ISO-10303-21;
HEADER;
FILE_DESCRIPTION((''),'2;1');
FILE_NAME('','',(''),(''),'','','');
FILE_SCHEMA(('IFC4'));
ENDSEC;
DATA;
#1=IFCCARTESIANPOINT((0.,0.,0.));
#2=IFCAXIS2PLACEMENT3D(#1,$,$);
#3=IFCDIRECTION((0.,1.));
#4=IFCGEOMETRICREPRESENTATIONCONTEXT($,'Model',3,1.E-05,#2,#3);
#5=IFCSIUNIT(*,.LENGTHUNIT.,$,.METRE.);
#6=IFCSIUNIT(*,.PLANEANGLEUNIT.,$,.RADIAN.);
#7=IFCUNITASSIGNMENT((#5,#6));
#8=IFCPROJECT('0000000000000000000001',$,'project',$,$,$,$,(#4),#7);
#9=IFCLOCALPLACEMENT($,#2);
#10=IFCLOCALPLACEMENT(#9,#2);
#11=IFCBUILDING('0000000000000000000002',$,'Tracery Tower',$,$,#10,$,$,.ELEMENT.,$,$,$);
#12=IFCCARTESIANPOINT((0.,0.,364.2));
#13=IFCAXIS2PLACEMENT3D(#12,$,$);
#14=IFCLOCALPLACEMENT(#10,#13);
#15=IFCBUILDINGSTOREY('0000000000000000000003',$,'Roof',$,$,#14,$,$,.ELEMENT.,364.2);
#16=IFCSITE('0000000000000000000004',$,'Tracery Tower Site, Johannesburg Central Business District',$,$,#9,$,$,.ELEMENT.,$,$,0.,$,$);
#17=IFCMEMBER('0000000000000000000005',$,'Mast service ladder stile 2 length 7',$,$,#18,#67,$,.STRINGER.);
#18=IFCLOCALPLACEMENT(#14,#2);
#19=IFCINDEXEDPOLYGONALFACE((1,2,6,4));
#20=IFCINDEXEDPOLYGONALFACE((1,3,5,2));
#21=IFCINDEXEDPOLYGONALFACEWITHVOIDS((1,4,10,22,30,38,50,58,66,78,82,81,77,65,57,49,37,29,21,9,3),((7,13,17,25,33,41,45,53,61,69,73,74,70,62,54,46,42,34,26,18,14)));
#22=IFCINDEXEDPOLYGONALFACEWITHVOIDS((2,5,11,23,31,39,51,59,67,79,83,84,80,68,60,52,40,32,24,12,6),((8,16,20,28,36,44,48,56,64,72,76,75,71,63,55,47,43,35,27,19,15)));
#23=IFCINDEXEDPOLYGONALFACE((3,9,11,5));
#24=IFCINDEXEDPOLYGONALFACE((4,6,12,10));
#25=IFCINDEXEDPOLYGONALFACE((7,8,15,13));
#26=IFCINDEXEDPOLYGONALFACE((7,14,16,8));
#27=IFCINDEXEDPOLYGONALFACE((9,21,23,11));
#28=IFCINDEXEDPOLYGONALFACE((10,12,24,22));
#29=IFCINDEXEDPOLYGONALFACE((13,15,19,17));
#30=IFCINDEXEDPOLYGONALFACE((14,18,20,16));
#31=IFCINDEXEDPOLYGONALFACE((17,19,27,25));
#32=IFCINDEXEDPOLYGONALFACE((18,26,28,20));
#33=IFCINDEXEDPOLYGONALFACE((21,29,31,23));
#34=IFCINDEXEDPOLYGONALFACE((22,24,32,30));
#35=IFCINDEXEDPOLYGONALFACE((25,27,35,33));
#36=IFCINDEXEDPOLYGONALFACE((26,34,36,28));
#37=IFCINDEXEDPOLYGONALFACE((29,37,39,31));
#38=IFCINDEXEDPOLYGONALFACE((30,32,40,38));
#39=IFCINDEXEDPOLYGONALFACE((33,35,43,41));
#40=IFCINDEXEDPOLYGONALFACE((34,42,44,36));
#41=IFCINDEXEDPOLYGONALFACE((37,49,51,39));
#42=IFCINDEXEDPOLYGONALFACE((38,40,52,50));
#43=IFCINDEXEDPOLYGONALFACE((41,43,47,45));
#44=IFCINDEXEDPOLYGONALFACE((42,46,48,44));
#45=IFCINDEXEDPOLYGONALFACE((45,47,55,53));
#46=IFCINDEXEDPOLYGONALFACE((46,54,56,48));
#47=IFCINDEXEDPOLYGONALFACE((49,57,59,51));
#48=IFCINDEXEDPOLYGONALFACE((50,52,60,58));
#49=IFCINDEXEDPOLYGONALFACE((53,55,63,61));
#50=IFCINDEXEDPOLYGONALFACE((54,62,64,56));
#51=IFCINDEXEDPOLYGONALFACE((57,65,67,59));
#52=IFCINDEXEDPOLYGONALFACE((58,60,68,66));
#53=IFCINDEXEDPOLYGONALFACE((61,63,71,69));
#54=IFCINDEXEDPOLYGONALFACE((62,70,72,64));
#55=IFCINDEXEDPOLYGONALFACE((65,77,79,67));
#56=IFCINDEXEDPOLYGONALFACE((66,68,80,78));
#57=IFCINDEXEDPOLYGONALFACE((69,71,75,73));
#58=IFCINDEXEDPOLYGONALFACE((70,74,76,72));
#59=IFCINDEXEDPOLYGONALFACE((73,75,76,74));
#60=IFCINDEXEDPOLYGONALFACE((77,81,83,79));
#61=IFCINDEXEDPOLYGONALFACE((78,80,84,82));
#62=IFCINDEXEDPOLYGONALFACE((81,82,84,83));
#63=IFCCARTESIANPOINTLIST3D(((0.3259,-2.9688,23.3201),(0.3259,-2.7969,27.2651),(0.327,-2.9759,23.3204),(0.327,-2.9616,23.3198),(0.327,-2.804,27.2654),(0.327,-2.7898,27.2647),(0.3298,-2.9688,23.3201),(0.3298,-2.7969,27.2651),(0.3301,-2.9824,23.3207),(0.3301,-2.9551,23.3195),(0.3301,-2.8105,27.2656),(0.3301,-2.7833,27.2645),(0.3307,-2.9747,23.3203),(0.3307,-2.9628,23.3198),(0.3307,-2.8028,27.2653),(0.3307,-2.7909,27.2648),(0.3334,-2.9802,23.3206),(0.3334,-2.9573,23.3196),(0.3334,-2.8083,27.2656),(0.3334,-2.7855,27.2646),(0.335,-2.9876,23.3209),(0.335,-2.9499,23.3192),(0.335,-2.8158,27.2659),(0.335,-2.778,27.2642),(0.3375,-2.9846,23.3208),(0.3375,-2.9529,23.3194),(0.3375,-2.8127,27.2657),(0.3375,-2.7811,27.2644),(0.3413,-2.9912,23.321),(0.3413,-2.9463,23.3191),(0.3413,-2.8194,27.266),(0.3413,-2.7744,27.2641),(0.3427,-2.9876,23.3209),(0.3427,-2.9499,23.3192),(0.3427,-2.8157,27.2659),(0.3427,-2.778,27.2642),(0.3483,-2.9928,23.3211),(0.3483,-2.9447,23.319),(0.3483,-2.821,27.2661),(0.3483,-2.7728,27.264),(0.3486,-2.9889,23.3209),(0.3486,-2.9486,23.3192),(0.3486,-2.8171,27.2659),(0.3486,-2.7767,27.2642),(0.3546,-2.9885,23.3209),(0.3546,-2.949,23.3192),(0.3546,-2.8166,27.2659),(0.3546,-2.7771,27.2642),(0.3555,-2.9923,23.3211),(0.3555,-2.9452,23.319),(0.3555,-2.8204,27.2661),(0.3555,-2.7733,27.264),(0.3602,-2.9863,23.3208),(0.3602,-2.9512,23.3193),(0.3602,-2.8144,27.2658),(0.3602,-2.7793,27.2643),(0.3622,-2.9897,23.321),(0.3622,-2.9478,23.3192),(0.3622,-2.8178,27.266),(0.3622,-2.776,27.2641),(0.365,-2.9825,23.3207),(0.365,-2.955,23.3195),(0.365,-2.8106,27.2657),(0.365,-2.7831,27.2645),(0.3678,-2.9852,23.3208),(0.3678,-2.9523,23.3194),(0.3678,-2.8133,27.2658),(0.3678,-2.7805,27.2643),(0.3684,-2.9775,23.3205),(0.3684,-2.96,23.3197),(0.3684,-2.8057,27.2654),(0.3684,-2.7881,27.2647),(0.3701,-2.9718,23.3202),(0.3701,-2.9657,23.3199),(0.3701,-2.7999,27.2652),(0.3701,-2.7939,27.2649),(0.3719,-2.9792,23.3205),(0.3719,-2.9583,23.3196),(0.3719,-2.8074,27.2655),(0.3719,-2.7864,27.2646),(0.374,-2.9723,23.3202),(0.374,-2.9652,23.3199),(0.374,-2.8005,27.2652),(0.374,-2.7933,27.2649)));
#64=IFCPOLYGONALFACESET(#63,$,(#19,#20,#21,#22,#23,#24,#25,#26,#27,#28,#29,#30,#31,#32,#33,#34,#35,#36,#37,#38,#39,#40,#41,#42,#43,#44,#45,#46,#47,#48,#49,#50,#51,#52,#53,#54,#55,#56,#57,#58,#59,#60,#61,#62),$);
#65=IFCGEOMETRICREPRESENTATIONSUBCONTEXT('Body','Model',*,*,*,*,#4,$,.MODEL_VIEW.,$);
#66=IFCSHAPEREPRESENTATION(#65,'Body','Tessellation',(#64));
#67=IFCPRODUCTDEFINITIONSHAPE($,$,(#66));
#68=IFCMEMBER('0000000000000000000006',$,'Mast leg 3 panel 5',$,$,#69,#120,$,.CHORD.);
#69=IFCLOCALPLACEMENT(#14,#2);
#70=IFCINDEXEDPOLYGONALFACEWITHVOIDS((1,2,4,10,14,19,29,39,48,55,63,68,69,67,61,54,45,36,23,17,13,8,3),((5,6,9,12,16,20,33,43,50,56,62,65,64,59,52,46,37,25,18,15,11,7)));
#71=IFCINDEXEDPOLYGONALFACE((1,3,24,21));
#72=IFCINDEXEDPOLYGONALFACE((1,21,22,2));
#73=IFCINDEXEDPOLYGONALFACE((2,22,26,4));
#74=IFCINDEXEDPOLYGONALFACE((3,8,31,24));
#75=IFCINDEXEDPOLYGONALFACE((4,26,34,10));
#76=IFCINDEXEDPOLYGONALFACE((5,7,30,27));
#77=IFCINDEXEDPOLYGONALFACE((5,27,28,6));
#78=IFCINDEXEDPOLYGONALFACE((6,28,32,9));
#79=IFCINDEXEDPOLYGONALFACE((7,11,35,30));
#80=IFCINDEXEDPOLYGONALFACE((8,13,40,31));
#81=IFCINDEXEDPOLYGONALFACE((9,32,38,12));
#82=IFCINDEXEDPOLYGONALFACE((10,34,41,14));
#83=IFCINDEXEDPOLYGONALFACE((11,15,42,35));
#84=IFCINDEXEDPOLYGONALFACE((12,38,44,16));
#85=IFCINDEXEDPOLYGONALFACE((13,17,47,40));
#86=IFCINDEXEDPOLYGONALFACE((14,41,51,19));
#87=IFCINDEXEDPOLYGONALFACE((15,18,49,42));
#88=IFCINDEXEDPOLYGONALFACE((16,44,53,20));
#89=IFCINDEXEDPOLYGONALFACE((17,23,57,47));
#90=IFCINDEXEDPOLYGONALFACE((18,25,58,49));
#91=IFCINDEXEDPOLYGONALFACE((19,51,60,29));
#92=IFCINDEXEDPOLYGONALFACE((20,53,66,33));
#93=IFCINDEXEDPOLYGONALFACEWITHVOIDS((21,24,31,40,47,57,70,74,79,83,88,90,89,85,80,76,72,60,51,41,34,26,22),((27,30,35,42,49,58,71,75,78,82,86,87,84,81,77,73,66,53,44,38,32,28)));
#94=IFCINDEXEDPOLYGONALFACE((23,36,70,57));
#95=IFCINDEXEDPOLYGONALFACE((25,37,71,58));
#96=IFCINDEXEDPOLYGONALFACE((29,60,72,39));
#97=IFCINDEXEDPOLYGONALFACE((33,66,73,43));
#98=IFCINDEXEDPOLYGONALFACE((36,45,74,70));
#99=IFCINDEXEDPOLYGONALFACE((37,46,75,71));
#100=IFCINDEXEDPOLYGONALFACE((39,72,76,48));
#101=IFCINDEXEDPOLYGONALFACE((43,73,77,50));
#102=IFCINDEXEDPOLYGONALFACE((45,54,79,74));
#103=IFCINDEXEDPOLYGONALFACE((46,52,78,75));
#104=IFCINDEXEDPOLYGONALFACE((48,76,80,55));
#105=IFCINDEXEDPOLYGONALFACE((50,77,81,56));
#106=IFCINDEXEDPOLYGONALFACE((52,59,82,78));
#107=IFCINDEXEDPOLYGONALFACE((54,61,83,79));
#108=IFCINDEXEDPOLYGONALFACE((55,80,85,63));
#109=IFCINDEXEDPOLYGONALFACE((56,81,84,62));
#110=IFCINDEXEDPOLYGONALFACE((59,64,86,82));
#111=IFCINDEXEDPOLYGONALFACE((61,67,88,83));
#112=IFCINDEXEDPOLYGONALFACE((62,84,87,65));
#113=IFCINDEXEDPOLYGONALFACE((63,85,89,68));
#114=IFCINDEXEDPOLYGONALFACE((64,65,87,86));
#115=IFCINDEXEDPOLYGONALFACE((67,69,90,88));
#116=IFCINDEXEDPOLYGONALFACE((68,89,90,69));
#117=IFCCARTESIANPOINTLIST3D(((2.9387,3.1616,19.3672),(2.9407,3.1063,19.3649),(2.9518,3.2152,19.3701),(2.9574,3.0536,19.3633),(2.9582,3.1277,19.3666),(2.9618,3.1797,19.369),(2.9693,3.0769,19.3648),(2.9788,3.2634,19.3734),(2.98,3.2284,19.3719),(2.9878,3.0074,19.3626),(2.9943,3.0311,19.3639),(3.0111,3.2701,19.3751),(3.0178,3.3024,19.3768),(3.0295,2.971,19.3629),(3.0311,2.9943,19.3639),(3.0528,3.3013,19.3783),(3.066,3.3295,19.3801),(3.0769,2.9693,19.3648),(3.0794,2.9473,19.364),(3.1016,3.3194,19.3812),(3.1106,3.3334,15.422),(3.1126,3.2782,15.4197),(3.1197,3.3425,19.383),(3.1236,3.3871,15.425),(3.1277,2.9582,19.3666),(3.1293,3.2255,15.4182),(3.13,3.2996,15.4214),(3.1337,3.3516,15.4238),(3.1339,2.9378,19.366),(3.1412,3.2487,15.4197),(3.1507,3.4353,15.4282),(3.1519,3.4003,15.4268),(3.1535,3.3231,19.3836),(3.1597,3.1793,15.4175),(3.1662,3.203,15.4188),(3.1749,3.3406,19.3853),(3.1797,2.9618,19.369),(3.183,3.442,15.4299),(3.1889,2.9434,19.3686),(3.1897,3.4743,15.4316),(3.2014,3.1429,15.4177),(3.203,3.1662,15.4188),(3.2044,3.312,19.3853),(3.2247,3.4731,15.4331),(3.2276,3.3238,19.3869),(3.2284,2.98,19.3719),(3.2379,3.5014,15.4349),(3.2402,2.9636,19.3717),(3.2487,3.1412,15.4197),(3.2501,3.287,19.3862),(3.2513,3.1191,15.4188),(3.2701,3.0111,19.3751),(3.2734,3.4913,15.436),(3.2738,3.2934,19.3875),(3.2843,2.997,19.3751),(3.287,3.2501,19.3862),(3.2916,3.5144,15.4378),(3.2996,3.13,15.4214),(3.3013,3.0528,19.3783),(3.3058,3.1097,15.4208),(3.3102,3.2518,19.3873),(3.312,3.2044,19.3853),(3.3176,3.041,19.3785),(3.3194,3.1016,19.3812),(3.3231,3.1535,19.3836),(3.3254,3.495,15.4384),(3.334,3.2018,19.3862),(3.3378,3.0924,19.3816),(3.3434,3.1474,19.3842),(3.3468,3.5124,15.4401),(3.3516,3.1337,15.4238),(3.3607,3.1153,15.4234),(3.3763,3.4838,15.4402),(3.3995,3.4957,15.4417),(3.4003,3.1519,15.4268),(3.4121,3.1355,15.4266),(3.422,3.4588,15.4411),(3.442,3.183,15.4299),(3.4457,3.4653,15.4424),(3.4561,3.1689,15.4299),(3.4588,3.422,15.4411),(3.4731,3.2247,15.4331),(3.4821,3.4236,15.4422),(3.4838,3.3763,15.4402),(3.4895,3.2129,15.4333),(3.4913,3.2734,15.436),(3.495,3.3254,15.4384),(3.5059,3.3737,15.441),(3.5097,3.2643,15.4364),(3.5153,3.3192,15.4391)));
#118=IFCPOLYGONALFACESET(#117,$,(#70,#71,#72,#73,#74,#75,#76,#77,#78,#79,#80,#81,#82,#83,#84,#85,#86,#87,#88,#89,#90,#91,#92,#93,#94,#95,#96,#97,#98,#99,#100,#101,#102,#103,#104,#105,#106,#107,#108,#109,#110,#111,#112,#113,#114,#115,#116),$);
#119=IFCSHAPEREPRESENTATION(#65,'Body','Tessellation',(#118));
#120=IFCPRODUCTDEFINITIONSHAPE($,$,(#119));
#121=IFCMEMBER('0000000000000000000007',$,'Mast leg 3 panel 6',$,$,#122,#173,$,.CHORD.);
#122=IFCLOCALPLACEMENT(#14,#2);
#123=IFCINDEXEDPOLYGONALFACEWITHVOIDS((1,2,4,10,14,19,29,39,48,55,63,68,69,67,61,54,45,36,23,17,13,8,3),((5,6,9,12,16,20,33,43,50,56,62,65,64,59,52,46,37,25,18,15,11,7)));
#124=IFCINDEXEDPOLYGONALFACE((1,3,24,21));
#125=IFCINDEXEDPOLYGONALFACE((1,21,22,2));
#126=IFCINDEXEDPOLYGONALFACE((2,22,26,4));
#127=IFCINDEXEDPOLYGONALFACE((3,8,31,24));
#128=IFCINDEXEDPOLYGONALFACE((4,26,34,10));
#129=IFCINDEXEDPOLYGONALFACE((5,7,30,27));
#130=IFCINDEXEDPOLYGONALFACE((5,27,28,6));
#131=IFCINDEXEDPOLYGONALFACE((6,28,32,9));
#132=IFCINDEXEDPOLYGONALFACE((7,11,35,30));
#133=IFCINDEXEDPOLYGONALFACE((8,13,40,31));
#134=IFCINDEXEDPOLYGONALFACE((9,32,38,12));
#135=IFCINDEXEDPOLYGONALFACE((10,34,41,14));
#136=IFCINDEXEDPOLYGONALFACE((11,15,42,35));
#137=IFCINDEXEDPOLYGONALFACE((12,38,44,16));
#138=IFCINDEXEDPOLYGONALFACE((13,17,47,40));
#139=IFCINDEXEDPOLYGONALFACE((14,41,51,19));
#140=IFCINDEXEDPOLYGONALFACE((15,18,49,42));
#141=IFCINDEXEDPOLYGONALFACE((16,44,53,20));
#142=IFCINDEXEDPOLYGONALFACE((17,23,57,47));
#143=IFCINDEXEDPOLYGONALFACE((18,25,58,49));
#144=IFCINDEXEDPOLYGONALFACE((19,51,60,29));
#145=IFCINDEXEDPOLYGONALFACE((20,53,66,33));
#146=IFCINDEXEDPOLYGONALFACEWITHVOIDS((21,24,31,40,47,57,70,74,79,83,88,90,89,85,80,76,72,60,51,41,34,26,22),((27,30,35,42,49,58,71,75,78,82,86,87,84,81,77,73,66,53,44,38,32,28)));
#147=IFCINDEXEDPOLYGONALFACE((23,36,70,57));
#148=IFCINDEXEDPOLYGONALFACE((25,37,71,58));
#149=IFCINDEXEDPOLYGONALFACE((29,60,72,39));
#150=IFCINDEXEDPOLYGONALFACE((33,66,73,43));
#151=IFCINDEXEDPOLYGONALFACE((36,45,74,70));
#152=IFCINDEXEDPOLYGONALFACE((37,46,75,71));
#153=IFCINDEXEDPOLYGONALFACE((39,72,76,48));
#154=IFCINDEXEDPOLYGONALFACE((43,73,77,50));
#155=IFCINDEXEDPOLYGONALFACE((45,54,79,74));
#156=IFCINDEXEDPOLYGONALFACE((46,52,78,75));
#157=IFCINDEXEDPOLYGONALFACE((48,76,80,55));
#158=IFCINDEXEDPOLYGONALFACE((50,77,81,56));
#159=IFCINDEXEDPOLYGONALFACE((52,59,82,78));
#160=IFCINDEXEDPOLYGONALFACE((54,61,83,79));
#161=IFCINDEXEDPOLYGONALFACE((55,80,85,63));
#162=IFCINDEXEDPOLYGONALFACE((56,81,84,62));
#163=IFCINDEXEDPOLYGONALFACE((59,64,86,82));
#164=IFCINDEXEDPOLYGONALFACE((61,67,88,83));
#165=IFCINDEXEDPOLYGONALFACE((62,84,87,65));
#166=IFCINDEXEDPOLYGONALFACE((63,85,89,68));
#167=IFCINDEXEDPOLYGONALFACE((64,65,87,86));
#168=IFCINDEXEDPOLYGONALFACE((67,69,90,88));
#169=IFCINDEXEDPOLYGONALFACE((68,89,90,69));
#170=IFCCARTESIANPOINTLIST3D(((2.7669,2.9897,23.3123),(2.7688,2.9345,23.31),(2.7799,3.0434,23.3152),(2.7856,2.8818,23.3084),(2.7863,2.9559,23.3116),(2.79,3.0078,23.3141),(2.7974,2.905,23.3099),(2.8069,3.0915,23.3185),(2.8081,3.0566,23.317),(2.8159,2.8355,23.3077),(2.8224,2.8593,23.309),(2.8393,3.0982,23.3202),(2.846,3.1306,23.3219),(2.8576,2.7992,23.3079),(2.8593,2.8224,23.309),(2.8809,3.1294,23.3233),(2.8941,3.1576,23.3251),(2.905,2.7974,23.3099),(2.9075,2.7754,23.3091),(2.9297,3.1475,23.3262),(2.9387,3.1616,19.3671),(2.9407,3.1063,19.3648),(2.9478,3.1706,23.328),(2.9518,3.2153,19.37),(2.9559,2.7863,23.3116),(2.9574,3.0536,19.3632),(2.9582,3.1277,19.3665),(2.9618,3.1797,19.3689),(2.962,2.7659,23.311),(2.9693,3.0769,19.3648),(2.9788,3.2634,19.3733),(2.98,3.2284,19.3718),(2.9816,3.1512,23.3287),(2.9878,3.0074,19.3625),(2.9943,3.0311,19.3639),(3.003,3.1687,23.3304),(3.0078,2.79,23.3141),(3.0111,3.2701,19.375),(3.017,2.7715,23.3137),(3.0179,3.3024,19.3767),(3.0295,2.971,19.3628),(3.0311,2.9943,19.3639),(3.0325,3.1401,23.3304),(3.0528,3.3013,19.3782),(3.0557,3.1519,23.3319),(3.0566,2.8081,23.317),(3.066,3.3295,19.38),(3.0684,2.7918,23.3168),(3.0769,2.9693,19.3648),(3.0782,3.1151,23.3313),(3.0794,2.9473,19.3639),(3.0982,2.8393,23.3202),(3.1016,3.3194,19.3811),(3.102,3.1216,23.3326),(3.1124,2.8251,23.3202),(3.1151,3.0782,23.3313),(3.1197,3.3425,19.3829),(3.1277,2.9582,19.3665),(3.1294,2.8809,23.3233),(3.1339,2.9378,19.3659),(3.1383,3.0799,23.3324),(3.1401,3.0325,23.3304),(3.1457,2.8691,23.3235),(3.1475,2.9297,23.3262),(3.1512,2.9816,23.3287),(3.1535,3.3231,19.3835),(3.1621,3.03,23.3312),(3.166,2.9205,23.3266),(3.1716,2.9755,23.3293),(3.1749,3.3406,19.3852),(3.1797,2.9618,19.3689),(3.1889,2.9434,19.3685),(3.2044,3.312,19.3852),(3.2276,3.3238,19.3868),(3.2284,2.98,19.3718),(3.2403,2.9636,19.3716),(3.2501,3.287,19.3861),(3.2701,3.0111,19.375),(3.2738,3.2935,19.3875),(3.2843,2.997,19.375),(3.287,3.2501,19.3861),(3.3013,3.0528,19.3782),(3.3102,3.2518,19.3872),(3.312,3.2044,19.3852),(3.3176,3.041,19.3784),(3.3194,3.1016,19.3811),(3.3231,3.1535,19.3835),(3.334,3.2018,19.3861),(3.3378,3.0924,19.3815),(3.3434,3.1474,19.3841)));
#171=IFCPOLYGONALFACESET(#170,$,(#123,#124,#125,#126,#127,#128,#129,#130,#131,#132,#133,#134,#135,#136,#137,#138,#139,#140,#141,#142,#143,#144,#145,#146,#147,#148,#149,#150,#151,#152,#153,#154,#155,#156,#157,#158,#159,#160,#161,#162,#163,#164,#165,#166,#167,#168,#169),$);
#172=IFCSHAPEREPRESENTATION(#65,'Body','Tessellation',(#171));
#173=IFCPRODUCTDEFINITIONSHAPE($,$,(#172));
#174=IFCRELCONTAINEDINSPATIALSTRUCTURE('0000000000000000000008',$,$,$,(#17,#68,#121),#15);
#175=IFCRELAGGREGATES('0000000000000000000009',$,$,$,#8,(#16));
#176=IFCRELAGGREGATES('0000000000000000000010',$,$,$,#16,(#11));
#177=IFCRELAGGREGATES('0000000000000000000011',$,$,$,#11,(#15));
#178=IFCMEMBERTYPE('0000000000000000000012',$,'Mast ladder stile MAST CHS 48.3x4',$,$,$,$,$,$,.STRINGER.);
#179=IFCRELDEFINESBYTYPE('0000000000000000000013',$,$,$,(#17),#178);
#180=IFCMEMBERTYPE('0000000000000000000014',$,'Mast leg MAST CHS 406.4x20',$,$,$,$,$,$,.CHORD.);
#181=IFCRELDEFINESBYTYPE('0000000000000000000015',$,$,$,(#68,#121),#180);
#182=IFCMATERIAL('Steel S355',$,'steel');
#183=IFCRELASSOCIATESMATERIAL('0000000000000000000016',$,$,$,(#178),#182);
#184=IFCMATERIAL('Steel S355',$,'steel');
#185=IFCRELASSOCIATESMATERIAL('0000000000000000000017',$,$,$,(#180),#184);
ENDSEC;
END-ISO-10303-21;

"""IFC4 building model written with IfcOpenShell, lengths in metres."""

from ifc_helpers import new_model, si_unit, direction, frame, origin, origin_2d, place, context, subcontext, project, spatial, hollow_circle, extrude, material, material_profile, profile_set, type_object, element, save


model = new_model("IFC4")

# Units and contexts
model_context = context("Model", 3, precision=1e-05, world=origin(), true_north=direction((0.0, 1.0)))
body_context = subcontext(model_context, "Body", "Model", "MODEL_VIEW")
ifc_project = project(units=[si_unit("LENGTHUNIT", "METRE"), si_unit("PLANEANGLEUNIT", "RADIAN")], contexts=[model_context])

# Site, building, storey
site_placement = place(None, origin())
site = spatial("IfcSite", under=ifc_project, at=site_placement, Name="Tracery Tower Site, Johannesburg Central Business District", CompositionType="ELEMENT", RefElevation=0.0)
building_placement = place(site_placement, origin())
building = spatial("IfcBuilding", under=site, at=building_placement, Name="Tracery Tower", CompositionType="ELEMENT")
storey_placement = place(building_placement, frame((0.0, 0.0, 364.2)))
storey = spatial("IfcBuildingStorey", under=building, at=storey_placement, Name="Roof", CompositionType="ELEMENT", Elevation=364.2)

# Members
ifc_material_1 = material(Name="Steel S355", Category="steel")
ifc_material_profile_1 = material_profile(ifc_material_1, hollow_circle(Radius=0.0242, WallThickness=0.0039, at=origin_2d()), Name="CHS 48.3x4")
ifc_profile_set_1 = profile_set([ifc_material_profile_1], Name="Steel S355")
member_type_1 = type_object("IfcMemberType", Name="Mast ladder stile MAST CHS 48.3x4", PredefinedType="STRINGER", material=ifc_profile_set_1)
for number, where, z_axis, x_axis, name in (
    (1, (0.3501, -2.9688, 23.3201), (0.0, 0.043526, 0.999052), (-1.0, 0.0, 0.0), "Mast service ladder stile 2 length 7"),
):
    element("IfcMember", number, at=place(storey_placement, frame(where, z_axis=z_axis, x_axis=x_axis)), inside=storey, type_object=member_type_1, Name=name, PredefinedType="STRINGER", context=body_context, shape_type="SweptSolid", body=[
        extrude(hollow_circle(Radius=0.0242, WallThickness=0.0039, at=origin_2d()), origin(), (0.0, 0.0, 1.0), 3.9487),
    ])
ifc_material_2 = material(Name="Steel S355", Category="steel")
ifc_material_profile_2 = material_profile(ifc_material_2, hollow_circle(Radius=0.2031, WallThickness=0.02, at=origin_2d()), Name="CHS 406.4x20")
ifc_profile_set_2 = profile_set([ifc_material_profile_2], Name="Steel S355")
member_type_2 = type_object("IfcMemberType", Name="Mast leg MAST CHS 406.4x20", PredefinedType="CHORD", material=ifc_profile_set_2)
for number, where, z_axis, x_axis, name in (
    (2, (3.3125, 3.3125, 15.4299), (-0.043485, -0.043485, 0.998107), (0.707107, -0.707107, 0.0), "Mast leg 3 panel 5"),
    (3, (3.1406, 3.1406, 19.375), (-0.043485, -0.043485, 0.998107), (0.707107, -0.707107, 0.0), "Mast leg 3 panel 6"),
):
    element("IfcMember", number, at=place(storey_placement, frame(where, z_axis=z_axis, x_axis=x_axis)), inside=storey, type_object=member_type_2, Name=name, PredefinedType="CHORD", context=body_context, shape_type="SweptSolid", body=[
        extrude(hollow_circle(Radius=0.2031, WallThickness=0.02, at=origin_2d()), origin(), (0.0, 0.0, 1.0), 3.9526),
    ])

save(model, "model.ifc")
